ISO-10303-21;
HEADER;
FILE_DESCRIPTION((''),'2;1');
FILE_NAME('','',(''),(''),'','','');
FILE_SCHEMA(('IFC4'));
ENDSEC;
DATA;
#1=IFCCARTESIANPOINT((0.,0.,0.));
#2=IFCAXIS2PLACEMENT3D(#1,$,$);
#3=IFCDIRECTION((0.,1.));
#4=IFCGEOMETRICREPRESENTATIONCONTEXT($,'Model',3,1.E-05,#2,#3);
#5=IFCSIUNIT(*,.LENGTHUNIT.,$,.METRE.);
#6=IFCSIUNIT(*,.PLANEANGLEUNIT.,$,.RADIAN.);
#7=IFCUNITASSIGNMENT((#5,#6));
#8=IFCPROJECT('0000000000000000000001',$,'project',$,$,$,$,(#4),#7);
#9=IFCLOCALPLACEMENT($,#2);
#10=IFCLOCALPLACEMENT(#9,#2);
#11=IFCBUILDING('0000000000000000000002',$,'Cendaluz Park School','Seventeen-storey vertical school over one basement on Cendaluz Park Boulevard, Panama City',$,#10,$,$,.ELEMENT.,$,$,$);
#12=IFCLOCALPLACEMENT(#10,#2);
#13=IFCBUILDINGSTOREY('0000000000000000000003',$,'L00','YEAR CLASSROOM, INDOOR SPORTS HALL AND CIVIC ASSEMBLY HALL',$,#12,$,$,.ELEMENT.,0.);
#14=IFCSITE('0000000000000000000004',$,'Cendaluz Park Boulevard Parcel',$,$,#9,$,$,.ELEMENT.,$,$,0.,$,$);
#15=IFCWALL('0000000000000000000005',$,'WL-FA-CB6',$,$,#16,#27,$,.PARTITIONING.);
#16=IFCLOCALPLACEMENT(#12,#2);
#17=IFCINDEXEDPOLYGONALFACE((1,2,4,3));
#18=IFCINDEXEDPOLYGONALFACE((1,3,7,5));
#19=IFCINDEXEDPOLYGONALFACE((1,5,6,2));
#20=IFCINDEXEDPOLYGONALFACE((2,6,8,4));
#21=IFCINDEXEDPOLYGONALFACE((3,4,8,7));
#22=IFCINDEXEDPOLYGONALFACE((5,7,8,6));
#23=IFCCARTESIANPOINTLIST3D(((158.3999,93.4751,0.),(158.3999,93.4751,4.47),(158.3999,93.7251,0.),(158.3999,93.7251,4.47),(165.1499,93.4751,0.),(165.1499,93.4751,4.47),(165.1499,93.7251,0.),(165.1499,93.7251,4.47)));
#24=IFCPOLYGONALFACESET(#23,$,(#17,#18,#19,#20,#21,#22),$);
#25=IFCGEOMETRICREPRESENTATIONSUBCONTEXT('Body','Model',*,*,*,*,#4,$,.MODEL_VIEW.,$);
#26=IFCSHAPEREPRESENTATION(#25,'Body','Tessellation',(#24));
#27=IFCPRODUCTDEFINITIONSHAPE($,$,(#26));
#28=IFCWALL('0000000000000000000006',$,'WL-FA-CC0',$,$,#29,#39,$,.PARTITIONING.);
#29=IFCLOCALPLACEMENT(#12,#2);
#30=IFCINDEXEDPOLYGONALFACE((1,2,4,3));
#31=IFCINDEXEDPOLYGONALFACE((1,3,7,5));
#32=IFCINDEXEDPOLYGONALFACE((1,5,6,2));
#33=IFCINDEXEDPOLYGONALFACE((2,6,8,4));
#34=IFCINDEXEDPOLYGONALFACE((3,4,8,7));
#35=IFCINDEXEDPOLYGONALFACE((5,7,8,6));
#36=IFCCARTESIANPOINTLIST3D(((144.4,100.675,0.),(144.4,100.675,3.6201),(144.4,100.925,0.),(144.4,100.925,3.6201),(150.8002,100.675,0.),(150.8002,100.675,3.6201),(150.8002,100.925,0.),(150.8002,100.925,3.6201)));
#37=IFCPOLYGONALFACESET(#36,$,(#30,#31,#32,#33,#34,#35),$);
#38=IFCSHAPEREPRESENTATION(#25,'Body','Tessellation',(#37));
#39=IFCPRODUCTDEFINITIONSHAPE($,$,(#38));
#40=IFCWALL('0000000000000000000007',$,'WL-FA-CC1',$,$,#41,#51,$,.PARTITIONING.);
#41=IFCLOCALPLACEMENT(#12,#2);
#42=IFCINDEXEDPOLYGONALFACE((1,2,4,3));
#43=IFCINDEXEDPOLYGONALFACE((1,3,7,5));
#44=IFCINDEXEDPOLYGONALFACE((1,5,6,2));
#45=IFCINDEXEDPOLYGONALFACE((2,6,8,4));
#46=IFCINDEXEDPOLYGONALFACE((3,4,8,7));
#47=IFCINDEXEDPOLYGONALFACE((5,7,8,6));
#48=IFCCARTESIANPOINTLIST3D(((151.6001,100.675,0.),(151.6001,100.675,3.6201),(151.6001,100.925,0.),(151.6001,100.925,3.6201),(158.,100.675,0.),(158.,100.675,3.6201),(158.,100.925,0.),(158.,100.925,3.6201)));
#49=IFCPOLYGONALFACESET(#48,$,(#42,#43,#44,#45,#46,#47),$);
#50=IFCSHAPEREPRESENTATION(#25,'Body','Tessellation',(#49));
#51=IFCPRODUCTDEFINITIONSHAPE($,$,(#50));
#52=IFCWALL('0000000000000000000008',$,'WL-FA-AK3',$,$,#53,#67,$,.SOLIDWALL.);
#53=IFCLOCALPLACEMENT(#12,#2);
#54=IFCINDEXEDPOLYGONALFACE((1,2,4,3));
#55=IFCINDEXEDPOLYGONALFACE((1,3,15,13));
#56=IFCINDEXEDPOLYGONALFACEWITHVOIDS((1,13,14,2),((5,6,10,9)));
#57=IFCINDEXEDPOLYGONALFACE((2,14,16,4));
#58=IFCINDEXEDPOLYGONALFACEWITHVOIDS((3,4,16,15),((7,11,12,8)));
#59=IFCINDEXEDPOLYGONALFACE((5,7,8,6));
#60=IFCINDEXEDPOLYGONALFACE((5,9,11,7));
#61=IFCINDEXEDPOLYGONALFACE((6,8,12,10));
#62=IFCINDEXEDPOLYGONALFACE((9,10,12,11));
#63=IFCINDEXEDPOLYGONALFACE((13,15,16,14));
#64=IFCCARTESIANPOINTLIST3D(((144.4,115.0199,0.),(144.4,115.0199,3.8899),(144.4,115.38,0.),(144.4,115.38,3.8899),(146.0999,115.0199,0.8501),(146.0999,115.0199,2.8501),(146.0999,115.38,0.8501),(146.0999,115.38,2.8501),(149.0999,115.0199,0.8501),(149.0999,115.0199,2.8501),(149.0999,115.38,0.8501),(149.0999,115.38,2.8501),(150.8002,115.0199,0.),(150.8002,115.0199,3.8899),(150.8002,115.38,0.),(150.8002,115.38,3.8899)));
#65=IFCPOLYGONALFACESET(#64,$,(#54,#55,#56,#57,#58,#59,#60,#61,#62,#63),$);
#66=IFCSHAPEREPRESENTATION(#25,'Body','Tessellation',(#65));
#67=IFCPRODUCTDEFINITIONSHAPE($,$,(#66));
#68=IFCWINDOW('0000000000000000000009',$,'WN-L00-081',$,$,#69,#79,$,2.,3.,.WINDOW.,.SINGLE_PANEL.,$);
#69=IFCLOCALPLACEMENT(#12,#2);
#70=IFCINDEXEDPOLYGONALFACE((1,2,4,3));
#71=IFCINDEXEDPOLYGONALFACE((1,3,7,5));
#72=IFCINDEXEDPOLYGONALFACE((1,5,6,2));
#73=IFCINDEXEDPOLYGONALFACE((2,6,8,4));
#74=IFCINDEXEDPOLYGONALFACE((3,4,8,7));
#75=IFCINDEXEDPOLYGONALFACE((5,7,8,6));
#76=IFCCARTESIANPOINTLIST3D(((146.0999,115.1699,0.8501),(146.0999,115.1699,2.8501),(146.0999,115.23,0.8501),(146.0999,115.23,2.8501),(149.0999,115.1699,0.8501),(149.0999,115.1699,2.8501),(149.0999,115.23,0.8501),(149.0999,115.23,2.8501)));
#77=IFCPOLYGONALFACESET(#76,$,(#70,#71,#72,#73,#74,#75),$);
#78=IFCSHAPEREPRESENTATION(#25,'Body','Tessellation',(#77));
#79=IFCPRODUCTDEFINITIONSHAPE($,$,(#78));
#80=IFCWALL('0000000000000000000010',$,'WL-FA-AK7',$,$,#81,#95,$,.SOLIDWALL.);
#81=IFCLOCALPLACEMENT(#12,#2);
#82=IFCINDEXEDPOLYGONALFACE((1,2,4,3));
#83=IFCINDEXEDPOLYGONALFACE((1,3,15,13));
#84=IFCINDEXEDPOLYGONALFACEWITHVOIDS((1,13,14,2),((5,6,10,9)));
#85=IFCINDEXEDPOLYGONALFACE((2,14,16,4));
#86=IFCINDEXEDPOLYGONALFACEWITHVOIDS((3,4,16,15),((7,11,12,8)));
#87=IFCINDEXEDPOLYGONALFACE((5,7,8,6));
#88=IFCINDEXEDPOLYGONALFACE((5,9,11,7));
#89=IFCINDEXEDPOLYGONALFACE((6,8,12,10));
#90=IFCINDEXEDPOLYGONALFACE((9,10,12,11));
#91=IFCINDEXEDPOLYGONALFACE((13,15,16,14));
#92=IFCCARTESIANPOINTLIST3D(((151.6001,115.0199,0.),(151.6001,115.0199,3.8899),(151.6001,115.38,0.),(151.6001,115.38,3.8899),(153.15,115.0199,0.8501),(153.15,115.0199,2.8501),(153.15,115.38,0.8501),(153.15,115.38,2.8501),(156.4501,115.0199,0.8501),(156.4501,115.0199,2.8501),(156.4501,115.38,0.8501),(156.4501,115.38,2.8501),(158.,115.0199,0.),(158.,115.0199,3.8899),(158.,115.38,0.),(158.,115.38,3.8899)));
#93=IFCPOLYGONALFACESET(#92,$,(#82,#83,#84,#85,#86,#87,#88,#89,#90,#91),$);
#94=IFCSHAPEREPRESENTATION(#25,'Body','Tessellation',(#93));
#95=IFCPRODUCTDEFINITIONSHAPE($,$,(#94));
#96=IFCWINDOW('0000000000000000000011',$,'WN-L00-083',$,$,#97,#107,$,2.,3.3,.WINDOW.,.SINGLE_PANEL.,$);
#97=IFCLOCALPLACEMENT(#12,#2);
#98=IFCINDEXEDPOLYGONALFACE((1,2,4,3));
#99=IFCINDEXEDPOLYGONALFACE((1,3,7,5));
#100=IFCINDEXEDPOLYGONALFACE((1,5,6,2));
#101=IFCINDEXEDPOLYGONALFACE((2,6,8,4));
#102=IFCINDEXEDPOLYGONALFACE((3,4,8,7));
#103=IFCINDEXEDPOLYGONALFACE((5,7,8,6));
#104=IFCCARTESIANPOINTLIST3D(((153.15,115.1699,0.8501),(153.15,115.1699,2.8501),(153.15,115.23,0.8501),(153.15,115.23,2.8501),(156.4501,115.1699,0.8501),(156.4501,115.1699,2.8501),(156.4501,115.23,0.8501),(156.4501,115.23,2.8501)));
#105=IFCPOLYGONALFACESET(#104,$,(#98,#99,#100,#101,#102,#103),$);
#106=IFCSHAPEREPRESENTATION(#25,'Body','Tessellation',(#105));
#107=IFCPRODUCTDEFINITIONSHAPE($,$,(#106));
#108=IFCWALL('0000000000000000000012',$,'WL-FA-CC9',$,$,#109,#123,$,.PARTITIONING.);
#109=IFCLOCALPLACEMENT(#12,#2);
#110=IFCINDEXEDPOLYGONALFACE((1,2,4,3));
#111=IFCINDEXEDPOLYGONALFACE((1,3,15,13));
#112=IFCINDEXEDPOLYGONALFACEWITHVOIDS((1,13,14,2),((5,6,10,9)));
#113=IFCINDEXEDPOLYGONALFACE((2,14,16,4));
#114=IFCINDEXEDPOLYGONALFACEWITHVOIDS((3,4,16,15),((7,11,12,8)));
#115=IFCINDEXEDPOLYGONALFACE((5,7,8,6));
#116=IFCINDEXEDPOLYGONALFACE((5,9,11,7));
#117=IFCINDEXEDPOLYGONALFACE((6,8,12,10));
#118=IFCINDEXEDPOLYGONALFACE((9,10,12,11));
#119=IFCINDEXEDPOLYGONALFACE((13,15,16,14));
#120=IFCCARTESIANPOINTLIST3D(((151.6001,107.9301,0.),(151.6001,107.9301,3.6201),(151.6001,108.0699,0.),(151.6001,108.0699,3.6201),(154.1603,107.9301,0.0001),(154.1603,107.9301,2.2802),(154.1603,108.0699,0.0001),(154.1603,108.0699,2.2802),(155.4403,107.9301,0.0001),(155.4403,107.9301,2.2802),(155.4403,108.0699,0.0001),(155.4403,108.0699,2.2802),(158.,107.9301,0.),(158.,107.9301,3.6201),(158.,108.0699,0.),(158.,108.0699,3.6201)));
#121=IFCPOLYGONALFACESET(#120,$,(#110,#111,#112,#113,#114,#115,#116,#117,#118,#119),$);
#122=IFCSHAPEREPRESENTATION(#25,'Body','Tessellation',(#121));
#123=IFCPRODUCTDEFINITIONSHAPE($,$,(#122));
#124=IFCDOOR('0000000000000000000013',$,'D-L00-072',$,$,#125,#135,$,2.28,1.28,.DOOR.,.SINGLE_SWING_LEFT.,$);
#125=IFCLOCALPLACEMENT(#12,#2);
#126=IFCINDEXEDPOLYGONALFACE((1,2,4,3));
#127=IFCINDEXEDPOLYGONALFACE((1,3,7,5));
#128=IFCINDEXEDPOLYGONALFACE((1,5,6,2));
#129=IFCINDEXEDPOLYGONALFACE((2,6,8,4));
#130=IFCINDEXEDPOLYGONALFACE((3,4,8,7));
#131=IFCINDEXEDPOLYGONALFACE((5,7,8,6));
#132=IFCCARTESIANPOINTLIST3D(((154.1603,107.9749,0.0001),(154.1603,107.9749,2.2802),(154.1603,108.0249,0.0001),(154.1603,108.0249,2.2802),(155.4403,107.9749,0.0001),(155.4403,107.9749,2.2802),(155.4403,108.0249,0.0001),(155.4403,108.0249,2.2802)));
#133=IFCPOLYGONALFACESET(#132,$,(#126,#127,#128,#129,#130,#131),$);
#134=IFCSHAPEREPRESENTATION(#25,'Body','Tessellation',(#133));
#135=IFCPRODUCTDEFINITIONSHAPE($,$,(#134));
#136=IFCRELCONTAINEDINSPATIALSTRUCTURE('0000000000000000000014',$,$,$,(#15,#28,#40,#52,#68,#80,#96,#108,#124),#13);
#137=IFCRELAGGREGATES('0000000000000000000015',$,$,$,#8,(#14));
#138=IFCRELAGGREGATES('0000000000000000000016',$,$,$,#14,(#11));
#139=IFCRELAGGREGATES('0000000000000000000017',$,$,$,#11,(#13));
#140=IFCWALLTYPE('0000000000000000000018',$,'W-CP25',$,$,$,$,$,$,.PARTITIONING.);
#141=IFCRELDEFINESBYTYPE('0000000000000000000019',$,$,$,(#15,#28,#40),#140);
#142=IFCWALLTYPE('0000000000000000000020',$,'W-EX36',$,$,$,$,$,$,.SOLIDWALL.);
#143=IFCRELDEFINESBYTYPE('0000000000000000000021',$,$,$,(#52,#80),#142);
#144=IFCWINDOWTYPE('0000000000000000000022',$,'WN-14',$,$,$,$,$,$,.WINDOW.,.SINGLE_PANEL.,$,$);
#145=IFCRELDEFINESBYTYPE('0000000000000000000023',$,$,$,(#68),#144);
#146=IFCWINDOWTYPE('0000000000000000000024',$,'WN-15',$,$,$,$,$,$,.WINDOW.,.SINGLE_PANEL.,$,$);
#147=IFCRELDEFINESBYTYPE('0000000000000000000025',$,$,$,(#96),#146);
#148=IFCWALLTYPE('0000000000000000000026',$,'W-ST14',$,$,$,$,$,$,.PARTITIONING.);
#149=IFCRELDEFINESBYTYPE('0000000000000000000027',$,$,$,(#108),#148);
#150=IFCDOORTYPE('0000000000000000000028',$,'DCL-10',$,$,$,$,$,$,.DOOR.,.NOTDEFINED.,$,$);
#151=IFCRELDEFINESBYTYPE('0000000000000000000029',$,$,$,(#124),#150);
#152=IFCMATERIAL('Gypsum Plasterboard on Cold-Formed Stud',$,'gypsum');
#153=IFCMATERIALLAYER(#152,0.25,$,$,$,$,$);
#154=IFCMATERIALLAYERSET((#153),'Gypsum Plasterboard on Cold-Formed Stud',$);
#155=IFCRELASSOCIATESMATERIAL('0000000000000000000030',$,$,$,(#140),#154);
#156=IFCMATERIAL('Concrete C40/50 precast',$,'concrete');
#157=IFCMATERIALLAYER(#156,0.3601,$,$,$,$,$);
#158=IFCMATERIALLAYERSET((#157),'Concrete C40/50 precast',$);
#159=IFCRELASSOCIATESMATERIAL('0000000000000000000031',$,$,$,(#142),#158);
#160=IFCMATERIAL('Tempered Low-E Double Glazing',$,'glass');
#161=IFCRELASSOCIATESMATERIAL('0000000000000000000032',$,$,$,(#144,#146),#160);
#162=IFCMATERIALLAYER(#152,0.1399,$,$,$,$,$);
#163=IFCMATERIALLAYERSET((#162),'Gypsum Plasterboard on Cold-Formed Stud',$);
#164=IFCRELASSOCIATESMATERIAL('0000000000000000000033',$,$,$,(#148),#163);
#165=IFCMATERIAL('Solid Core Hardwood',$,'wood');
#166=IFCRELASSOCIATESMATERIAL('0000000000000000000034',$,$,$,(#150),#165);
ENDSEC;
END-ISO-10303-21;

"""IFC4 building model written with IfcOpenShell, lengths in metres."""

from ifc_helpers import new_model, si_unit, direction, frame, frame_2d, origin, place, context, subcontext, project, spatial, rectangle, extrude, material, layer, layer_set, type_object, element, fill, save


model = new_model("IFC4")

# Units and contexts
model_context = context("Model", 3, precision=1e-05, world=origin(), true_north=direction((0.0, 1.0)))
body_context = subcontext(model_context, "Body", "Model", "MODEL_VIEW")
ifc_project = project(units=[si_unit("LENGTHUNIT", "METRE"), si_unit("PLANEANGLEUNIT", "RADIAN")], contexts=[model_context])

# Site, building, storey
site_placement = place(None, origin())
site = spatial("IfcSite", under=ifc_project, at=site_placement, Name="Cendaluz Park Boulevard Parcel", CompositionType="ELEMENT", RefElevation=0.0)
building_placement = place(site_placement, origin())
building = spatial("IfcBuilding", under=site, at=building_placement, Name="Cendaluz Park School", Description="Seventeen-storey vertical school over one basement on Cendaluz Park Boulevard, Panama City", CompositionType="ELEMENT")
storey_placement = place(building_placement, origin())
storey = spatial("IfcBuildingStorey", under=building, at=storey_placement, Name="L00", Description="YEAR CLASSROOM, INDOOR SPORTS HALL AND CIVIC ASSEMBLY HALL", CompositionType="ELEMENT", Elevation=0.0)

# Walls
ifc_material_1 = material(Name="Gypsum Plasterboard on Cold-Formed Stud", Category="gypsum")
ifc_layer_1 = layer(ifc_material_1, 0.25)
ifc_layer_set_1 = layer_set([ifc_layer_1], Name="Gypsum Plasterboard on Cold-Formed Stud")
wall_type_1 = type_object("IfcWallType", Name="W-CP25", PredefinedType="PARTITIONING", material=ifc_layer_set_1)
wall_1_placement = place(storey_placement, frame((158.3999, 93.6001, 0.0), z_axis=(0.0, 0.0, 1.0), x_axis=(1.0, 0.0, 0.0)))
element("IfcWall", 1, at=wall_1_placement, inside=storey, type_object=wall_type_1, Name="WL-FA-CB6", PredefinedType="PARTITIONING", context=body_context, shape_type="SweptSolid", body=[
    extrude(rectangle(XDim=6.75, YDim=0.25, at=frame_2d((3.375, 0.0))), origin(), (0.0, 0.0, 1.0), 4.47),
])
wall_2_placement = place(storey_placement, frame((144.3999, 100.8, 0.0), z_axis=(0.0, 0.0, 1.0), x_axis=(1.0, 0.0, 0.0)))
element("IfcWall", 2, at=wall_2_placement, inside=storey, type_object=wall_type_1, Name="WL-FA-CC0", PredefinedType="PARTITIONING", context=body_context, shape_type="SweptSolid", body=[
    extrude(rectangle(XDim=6.4001, YDim=0.25, at=frame_2d((3.2002, 0.0))), origin(), (0.0, 0.0, 1.0), 3.6201),
])
wall_3_placement = place(storey_placement, frame((151.6001, 100.8, 0.0), z_axis=(0.0, 0.0, 1.0), x_axis=(1.0, 0.0, 0.0)))
element("IfcWall", 3, at=wall_3_placement, inside=storey, type_object=wall_type_1, Name="WL-FA-CC1", PredefinedType="PARTITIONING", context=body_context, shape_type="SweptSolid", body=[
    extrude(rectangle(XDim=6.3999, YDim=0.25, at=frame_2d((3.2, 0.0))), origin(), (0.0, 0.0, 1.0), 3.6201),
])

# Walls, openings, windows
ifc_material_2 = material(Name="Concrete C40/50 precast", Category="concrete")
ifc_layer_2 = layer(ifc_material_2, 0.3601)
ifc_layer_set_2 = layer_set([ifc_layer_2], Name="Concrete C40/50 precast")
wall_type_2 = type_object("IfcWallType", Name="W-EX36", PredefinedType="SOLIDWALL", material=ifc_layer_set_2)
wall_4_placement = place(storey_placement, frame((144.3999, 115.2, 0.0), z_axis=(0.0, 0.0, 1.0), x_axis=(1.0, 0.0, 0.0)))
wall_4 = element("IfcWall", 4, at=wall_4_placement, inside=storey, type_object=wall_type_2, Name="WL-FA-AK3", PredefinedType="SOLIDWALL", context=body_context, shape_type="SweptSolid", body=[
    extrude(rectangle(XDim=6.4001, YDim=0.3601, at=frame_2d((3.2002, 0.0))), origin(), (0.0, 0.0, 1.0), 3.8899),
])
opening_1_placement = place(wall_4_placement, frame((1.7, 0.0, 0.8501)))
opening_1 = element("IfcOpeningElement", 5, at=opening_1_placement, cuts=wall_4, PredefinedType="OPENING", context=body_context, shape_type="SweptSolid", body=[
    extrude(rectangle(XDim=3.0, YDim=2.0, at=frame_2d((1.5, 1.0))), frame((0.0, 0.1921, 0.0), z_axis=(0.0, -1.0, 0.0), x_axis=(1.0, 0.0, 0.0)), (0.0, 0.0, 1.0), 0.384),
])
ifc_material_3 = material(Name="Tempered Low-E Double Glazing", Category="glass")
window_type_1 = type_object("IfcWindowType", Name="WN-14", PartitioningType="SINGLE_PANEL", PredefinedType="WINDOW", material=ifc_material_3)
window_1_placement = place(opening_1_placement, origin())
window_1 = element("IfcWindow", 6, at=window_1_placement, inside=storey, type_object=window_type_1, Name="WN-L00-081", OverallHeight=2.0, OverallWidth=3.0, PartitioningType="SINGLE_PANEL", PredefinedType="WINDOW", context=body_context, shape_type="SweptSolid", body=[
    extrude(rectangle(XDim=3.0, YDim=2.0, at=frame_2d((1.5, 1.0))), frame((0.0, 0.03, 0.0), z_axis=(0.0, -1.0, 0.0), x_axis=(1.0, 0.0, 0.0)), (0.0, 0.0, 1.0), 0.0601),
])
fill(opening_1, window_1)
wall_5_placement = place(storey_placement, frame((151.6001, 115.2, 0.0), z_axis=(0.0, 0.0, 1.0), x_axis=(1.0, 0.0, 0.0)))
wall_5 = element("IfcWall", 7, at=wall_5_placement, inside=storey, type_object=wall_type_2, Name="WL-FA-AK7", PredefinedType="SOLIDWALL", context=body_context, shape_type="SweptSolid", body=[
    extrude(rectangle(XDim=6.3999, YDim=0.3601, at=frame_2d((3.2, 0.0))), origin(), (0.0, 0.0, 1.0), 3.8899),
])
opening_2_placement = place(wall_5_placement, frame((1.55, 0.0, 0.8501)))
opening_2 = element("IfcOpeningElement", 8, at=opening_2_placement, cuts=wall_5, PredefinedType="OPENING", context=body_context, shape_type="SweptSolid", body=[
    extrude(rectangle(XDim=3.3, YDim=2.0, at=frame_2d((1.6499, 1.0))), frame((0.0, 0.1921, 0.0), z_axis=(0.0, -1.0, 0.0), x_axis=(1.0, 0.0, 0.0)), (0.0, 0.0, 1.0), 0.384),
])
window_type_2 = type_object("IfcWindowType", Name="WN-15", PartitioningType="SINGLE_PANEL", PredefinedType="WINDOW", material=ifc_material_3)
window_2_placement = place(opening_2_placement, origin())
window_2 = element("IfcWindow", 9, at=window_2_placement, inside=storey, type_object=window_type_2, Name="WN-L00-083", OverallHeight=2.0, OverallWidth=3.3, PartitioningType="SINGLE_PANEL", PredefinedType="WINDOW", context=body_context, shape_type="SweptSolid", body=[
    extrude(rectangle(XDim=3.3, YDim=2.0, at=frame_2d((1.6499, 1.0))), frame((0.0, 0.03, 0.0), z_axis=(0.0, -1.0, 0.0), x_axis=(1.0, 0.0, 0.0)), (0.0, 0.0, 1.0), 0.0601),
])
fill(opening_2, window_2)

# Wall, opening, door
ifc_layer_3 = layer(ifc_material_1, 0.1399)
ifc_layer_set_3 = layer_set([ifc_layer_3], Name="Gypsum Plasterboard on Cold-Formed Stud")
wall_type_3 = type_object("IfcWallType", Name="W-ST14", PredefinedType="PARTITIONING", material=ifc_layer_set_3)
wall_6_placement = place(storey_placement, frame((151.6001, 108.0, 0.0), z_axis=(0.0, 0.0, 1.0), x_axis=(1.0, 0.0, 0.0)))
wall_6 = element("IfcWall", 10, at=wall_6_placement, inside=storey, type_object=wall_type_3, Name="WL-FA-CC9", PredefinedType="PARTITIONING", context=body_context, shape_type="SweptSolid", body=[
    extrude(rectangle(XDim=6.3999, YDim=0.1399, at=frame_2d((3.2, 0.0))), origin(), (0.0, 0.0, 1.0), 3.6201),
])
opening_3_placement = place(wall_6_placement, frame((2.5601, 0.0, 0.0)))
opening_3 = element("IfcOpeningElement", 11, at=opening_3_placement, cuts=wall_6, PredefinedType="OPENING", context=body_context, shape_type="SweptSolid", body=[
    extrude(rectangle(XDim=1.28, YDim=2.28, at=frame_2d((0.6401, 1.1401))), frame((0.0, 0.082, 0.0), z_axis=(0.0, -1.0, 0.0), x_axis=(1.0, 0.0, 0.0)), (0.0, 0.0, 1.0), 0.1638),
])
ifc_material_4 = material(Name="Solid Core Hardwood", Category="wood")
door_type = type_object("IfcDoorType", Name="DCL-10", OperationType="NOTDEFINED", PredefinedType="DOOR", material=ifc_material_4)
door_placement = place(opening_3_placement, origin())
door = element("IfcDoor", 12, at=door_placement, inside=storey, type_object=door_type, Name="D-L00-072", OperationType="SINGLE_SWING_LEFT", OverallHeight=2.28, OverallWidth=1.28, PredefinedType="DOOR", context=body_context, shape_type="SweptSolid", body=[
    extrude(rectangle(XDim=1.28, YDim=2.28, at=frame_2d((0.6401, 1.1401))), frame((0.0, 0.0249, 0.0), z_axis=(0.0, -1.0, 0.0), x_axis=(1.0, 0.0, 0.0)), (0.0, 0.0, 1.0), 0.05),
])
fill(opening_3, door)

save(model, "model.ifc")
